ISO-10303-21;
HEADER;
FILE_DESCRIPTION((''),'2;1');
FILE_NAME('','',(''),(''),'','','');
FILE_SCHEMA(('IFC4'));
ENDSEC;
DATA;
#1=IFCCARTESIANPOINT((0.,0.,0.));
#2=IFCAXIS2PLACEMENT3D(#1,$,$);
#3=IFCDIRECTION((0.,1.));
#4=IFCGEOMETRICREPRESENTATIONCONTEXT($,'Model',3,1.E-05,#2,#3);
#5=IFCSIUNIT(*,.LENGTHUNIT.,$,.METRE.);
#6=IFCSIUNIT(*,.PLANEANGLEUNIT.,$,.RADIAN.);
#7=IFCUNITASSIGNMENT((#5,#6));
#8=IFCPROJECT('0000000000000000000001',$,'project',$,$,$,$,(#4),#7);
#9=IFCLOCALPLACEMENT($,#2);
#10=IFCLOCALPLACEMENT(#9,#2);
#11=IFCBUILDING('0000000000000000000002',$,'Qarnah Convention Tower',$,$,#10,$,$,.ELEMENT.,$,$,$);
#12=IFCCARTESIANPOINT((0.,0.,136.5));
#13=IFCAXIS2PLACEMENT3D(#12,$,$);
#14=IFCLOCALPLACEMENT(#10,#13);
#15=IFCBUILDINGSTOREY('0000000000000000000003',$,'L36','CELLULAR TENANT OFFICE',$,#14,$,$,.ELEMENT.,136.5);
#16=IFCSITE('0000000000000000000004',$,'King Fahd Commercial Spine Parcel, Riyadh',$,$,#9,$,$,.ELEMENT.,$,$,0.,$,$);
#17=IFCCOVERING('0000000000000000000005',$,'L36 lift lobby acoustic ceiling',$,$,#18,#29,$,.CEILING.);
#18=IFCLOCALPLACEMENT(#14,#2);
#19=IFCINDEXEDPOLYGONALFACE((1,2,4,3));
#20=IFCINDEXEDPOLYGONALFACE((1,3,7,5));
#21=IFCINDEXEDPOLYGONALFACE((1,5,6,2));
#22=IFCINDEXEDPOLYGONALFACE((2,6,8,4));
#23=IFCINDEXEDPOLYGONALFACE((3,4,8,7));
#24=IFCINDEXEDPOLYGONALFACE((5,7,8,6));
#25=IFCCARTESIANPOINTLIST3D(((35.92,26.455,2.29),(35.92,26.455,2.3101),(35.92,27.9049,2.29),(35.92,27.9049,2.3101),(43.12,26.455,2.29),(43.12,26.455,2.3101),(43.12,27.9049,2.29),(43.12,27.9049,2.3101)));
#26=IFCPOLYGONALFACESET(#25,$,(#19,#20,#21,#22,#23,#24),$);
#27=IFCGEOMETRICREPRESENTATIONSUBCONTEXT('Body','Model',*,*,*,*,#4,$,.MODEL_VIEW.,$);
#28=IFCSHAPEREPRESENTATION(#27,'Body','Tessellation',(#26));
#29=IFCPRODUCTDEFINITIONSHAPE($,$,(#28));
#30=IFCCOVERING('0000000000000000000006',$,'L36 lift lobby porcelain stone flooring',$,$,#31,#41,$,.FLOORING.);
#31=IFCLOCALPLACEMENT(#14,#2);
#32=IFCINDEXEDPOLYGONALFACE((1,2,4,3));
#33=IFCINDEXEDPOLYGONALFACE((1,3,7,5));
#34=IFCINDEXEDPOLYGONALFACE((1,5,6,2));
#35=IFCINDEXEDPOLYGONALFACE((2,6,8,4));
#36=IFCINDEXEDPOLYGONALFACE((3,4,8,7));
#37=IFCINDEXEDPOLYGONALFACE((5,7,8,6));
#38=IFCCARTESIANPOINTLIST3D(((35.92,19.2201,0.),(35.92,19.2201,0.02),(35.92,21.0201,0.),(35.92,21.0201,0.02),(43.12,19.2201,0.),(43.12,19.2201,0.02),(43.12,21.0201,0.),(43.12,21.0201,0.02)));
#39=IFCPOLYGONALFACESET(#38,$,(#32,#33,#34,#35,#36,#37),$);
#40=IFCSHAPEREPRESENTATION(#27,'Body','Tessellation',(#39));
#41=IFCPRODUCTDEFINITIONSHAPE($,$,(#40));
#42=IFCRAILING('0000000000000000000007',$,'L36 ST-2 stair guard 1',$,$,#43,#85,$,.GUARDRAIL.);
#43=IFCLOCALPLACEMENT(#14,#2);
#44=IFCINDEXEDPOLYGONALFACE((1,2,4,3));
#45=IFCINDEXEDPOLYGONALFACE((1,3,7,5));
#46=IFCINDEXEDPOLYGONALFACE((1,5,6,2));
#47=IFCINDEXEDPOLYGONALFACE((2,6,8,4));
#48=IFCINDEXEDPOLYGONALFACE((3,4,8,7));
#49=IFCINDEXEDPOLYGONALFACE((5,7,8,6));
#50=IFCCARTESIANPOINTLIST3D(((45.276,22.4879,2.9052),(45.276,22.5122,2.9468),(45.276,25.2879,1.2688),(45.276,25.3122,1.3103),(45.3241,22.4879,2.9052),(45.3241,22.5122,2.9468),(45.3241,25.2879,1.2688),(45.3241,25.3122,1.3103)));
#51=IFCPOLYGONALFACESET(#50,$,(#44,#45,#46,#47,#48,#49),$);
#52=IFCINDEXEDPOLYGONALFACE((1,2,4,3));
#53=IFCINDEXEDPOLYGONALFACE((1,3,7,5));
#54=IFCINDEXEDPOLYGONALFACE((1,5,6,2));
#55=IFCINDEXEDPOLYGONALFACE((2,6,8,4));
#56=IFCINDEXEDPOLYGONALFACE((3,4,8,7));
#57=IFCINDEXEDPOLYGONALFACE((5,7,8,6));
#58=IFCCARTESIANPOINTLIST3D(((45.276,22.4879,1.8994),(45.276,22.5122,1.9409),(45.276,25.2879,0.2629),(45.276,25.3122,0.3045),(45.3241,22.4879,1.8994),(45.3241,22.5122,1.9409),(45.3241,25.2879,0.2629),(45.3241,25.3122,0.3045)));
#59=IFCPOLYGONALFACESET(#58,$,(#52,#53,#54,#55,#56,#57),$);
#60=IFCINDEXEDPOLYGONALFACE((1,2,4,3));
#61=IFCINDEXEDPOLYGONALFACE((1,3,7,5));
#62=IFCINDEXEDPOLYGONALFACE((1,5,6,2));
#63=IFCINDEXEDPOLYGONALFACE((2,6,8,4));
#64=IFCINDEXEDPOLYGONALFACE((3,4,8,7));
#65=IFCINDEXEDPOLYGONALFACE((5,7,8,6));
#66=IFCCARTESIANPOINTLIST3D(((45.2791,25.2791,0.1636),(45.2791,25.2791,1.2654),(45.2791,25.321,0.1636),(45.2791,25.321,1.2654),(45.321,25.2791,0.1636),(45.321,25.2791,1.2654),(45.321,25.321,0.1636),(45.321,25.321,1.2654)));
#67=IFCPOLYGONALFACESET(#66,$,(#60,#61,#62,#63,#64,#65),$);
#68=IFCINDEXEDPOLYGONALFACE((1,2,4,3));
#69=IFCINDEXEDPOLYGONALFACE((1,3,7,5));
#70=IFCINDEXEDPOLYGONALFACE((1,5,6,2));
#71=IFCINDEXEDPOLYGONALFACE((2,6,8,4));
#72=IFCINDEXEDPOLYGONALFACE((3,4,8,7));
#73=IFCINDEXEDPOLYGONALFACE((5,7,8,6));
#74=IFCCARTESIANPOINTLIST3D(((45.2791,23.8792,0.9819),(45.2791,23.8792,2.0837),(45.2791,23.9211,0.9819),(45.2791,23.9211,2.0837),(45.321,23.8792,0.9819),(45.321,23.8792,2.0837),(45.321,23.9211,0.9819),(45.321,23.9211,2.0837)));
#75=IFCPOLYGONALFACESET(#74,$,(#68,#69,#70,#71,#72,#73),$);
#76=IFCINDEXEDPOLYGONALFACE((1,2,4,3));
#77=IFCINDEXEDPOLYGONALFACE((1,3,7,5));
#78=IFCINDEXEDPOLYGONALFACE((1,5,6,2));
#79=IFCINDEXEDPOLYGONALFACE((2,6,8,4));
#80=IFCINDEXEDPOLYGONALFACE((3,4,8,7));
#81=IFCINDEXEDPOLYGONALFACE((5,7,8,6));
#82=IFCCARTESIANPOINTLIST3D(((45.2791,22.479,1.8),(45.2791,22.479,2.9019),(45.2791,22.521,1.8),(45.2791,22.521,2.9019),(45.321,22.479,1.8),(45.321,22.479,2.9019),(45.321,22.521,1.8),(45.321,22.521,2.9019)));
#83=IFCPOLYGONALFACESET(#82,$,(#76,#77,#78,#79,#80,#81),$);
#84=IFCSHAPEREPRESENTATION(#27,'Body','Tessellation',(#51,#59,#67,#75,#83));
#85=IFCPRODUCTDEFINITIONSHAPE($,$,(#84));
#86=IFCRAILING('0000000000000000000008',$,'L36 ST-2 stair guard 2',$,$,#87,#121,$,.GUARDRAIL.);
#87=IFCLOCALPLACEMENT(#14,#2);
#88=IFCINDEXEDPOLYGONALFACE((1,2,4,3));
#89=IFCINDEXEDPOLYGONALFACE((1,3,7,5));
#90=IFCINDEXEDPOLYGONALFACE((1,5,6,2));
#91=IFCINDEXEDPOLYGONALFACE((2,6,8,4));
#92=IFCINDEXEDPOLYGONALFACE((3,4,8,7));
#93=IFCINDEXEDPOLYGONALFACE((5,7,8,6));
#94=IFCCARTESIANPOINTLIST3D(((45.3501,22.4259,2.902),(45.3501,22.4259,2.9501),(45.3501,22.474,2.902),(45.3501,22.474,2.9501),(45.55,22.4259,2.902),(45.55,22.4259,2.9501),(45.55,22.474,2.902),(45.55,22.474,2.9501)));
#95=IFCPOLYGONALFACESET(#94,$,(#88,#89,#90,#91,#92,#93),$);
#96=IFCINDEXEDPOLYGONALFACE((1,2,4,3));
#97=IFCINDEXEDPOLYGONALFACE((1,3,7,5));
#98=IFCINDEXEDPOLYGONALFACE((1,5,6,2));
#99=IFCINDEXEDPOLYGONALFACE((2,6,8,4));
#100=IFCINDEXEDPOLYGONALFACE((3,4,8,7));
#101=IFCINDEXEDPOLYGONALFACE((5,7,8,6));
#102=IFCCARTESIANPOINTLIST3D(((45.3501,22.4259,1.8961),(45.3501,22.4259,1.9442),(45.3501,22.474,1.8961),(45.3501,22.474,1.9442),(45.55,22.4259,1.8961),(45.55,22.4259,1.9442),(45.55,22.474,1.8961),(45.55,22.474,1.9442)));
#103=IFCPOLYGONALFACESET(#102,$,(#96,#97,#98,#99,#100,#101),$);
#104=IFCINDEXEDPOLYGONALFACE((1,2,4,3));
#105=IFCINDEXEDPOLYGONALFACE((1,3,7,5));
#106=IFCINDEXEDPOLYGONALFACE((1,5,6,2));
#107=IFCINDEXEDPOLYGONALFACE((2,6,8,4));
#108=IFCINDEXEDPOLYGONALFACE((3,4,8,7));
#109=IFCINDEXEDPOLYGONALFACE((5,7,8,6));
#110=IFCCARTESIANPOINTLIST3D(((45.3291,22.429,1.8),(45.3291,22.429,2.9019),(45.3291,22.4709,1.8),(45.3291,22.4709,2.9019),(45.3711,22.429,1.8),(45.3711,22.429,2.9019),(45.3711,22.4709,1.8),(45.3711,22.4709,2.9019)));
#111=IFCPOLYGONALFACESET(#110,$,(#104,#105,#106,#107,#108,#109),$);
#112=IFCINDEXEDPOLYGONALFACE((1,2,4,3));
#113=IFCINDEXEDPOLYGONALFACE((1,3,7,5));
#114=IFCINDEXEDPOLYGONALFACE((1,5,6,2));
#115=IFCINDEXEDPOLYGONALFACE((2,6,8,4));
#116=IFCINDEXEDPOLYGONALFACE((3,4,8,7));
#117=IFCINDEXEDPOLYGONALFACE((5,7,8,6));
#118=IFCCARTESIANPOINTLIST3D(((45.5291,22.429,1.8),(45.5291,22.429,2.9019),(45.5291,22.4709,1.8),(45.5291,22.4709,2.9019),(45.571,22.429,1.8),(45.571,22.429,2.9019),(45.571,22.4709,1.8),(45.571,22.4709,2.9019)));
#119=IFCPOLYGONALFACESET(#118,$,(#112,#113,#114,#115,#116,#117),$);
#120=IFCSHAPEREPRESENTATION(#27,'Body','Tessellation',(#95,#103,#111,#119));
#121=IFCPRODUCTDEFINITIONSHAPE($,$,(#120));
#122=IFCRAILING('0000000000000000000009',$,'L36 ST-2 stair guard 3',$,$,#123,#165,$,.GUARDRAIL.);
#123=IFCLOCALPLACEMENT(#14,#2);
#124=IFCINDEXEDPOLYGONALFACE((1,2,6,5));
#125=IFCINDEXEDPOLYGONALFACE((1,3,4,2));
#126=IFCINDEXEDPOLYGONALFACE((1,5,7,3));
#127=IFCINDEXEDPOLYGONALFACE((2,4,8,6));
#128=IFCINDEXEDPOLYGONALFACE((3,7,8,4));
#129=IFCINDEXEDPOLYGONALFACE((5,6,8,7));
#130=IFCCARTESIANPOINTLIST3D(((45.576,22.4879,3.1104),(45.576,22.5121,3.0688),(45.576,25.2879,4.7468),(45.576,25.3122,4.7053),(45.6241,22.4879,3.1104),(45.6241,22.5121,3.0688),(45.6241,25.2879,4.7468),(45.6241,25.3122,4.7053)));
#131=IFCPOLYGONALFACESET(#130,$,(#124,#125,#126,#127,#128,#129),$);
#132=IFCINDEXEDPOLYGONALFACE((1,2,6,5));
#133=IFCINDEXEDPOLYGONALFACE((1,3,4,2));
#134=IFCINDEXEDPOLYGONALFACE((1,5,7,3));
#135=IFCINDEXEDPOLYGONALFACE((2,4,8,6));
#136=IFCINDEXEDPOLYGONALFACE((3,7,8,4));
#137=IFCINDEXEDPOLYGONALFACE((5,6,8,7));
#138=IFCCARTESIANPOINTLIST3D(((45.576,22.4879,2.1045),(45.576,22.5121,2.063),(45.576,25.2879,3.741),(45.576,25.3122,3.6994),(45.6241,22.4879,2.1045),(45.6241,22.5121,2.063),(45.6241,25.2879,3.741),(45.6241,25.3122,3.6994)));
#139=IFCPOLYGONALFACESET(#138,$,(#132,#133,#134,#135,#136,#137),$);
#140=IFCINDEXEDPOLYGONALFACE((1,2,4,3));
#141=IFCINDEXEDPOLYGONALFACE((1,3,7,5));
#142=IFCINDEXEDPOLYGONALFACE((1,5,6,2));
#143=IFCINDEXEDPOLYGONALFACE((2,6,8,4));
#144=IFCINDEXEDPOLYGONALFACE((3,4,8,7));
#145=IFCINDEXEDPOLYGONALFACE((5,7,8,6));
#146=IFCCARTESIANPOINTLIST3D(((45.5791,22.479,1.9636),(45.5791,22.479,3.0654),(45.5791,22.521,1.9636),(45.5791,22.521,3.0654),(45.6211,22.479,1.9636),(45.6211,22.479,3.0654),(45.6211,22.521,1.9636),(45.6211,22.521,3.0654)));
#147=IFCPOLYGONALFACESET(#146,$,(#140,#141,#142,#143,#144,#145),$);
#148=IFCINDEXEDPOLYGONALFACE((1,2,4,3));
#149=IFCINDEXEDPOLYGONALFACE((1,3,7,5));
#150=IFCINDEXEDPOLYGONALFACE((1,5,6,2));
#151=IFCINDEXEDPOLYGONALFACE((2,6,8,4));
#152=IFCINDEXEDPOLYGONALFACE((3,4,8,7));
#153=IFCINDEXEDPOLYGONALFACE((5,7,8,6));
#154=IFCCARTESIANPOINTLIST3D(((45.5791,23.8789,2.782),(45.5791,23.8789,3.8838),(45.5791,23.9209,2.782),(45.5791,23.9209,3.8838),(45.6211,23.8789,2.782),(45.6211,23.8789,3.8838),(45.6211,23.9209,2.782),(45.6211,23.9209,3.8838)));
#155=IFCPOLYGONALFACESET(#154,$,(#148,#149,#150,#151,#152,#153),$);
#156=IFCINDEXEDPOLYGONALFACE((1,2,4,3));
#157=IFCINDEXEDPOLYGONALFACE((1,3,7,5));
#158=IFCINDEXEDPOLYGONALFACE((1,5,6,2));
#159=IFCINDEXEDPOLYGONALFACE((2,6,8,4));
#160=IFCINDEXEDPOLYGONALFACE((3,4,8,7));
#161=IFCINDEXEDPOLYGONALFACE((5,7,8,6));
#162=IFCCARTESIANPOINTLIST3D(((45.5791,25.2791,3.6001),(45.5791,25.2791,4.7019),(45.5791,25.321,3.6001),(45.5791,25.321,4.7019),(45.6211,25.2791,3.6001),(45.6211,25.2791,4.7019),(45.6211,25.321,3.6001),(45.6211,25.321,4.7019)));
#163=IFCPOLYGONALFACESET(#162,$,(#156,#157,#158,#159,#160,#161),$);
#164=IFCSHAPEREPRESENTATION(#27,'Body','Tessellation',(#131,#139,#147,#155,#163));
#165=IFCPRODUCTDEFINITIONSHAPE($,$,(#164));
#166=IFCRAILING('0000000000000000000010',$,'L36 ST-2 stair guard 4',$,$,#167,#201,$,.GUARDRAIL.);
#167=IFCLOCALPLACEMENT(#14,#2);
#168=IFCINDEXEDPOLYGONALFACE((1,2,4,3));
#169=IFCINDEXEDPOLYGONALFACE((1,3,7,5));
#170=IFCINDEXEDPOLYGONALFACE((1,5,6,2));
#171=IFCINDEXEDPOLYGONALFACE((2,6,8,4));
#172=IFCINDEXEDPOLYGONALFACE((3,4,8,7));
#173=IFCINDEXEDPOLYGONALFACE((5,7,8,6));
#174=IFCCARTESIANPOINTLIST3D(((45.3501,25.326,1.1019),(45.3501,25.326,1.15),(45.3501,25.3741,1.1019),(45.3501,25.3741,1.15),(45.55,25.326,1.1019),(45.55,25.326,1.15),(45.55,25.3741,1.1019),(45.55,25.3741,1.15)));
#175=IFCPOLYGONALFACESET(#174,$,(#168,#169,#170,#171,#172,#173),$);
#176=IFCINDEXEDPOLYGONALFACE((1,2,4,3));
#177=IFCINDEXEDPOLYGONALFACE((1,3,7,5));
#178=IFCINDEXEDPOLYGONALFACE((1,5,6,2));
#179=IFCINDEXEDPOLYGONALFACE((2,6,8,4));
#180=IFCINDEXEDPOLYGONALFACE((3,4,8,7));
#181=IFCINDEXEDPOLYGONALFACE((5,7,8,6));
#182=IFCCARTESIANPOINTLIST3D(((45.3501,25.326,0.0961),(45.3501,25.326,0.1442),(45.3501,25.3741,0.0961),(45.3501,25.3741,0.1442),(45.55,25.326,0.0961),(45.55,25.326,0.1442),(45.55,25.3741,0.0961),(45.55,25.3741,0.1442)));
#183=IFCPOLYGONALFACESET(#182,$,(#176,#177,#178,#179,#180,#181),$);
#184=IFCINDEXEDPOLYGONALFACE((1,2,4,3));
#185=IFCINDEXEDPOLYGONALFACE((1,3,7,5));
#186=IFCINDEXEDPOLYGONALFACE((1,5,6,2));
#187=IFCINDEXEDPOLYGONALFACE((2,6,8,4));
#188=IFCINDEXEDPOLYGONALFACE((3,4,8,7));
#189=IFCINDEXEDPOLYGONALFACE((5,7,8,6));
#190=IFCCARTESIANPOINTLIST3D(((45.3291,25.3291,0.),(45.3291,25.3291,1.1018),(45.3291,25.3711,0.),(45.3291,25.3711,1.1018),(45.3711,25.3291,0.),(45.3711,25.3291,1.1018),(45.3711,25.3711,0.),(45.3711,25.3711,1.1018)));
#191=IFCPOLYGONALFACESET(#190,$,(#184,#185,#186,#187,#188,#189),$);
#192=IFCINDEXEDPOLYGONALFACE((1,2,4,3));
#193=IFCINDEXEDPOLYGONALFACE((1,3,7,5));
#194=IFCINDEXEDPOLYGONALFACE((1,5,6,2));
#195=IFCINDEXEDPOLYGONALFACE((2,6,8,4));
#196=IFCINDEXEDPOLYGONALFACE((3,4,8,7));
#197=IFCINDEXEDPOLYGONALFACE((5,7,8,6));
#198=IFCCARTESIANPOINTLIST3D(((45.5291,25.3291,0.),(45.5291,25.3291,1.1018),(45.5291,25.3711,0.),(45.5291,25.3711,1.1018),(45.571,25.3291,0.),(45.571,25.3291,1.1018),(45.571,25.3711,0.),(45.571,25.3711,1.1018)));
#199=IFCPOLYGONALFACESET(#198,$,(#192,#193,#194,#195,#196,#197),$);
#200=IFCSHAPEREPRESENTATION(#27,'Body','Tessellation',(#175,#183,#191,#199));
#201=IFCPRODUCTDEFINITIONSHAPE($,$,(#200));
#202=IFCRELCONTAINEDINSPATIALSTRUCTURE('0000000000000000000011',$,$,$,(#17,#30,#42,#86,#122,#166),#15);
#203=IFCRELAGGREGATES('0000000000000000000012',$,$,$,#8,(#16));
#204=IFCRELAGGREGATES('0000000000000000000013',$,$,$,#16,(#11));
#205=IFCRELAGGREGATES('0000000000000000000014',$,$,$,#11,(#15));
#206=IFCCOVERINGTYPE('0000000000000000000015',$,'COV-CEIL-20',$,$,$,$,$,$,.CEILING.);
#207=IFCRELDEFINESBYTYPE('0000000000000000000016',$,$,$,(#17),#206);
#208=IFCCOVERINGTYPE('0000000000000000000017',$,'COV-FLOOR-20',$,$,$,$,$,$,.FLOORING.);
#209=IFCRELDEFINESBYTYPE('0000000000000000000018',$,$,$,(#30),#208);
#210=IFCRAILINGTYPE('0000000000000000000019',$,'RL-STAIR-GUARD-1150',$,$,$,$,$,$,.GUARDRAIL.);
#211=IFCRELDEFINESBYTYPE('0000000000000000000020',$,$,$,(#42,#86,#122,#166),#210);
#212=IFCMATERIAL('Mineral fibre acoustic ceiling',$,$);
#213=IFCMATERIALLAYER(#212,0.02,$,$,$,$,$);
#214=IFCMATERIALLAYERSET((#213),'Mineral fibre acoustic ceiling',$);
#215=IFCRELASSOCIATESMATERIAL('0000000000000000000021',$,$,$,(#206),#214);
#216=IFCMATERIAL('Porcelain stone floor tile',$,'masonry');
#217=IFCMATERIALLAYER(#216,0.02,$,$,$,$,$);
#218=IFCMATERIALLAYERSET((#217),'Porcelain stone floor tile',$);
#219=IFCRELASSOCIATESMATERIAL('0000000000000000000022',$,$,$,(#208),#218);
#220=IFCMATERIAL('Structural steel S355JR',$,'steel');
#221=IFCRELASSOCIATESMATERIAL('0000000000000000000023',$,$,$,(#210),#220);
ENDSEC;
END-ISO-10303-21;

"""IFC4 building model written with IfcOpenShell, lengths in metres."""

from ifc_helpers import new_model, si_unit, direction, frame, origin, origin_2d, place, context, subcontext, project, spatial, rectangle, extrude, material, layer, layer_set, type_object, element, save


model = new_model("IFC4")

# Units and contexts
model_context = context("Model", 3, precision=1e-05, world=origin(), true_north=direction((0.0, 1.0)))
body_context = subcontext(model_context, "Body", "Model", "MODEL_VIEW")
ifc_project = project(units=[si_unit("LENGTHUNIT", "METRE"), si_unit("PLANEANGLEUNIT", "RADIAN")], contexts=[model_context])

# Site, building, storey
site_placement = place(None, origin())
site = spatial("IfcSite", under=ifc_project, at=site_placement, Name="King Fahd Commercial Spine Parcel, Riyadh", CompositionType="ELEMENT", RefElevation=0.0)
building_placement = place(site_placement, origin())
building = spatial("IfcBuilding", under=site, at=building_placement, Name="Qarnah Convention Tower", CompositionType="ELEMENT")
storey_placement = place(building_placement, frame((0.0, 0.0, 136.5)))
storey = spatial("IfcBuildingStorey", under=building, at=storey_placement, Name="L36", Description="CELLULAR TENANT OFFICE", CompositionType="ELEMENT", Elevation=136.5)

# Shared definitions
ifc_material_1 = material(Name="Structural steel S355JR", Category="steel")

# Coverings
ifc_material_2 = material(Name="Mineral fibre acoustic ceiling")
ifc_layer_1 = layer(ifc_material_2, 0.02)
ifc_layer_set_1 = layer_set([ifc_layer_1], Name="Mineral fibre acoustic ceiling")
covering_type_1 = type_object("IfcCoveringType", Name="COV-CEIL-20", PredefinedType="CEILING", material=ifc_layer_set_1)
covering_1_placement = place(storey_placement, frame((39.52, 27.1799, 2.29), z_axis=(0.0, 0.0, 1.0), x_axis=(1.0, 0.0, 0.0)))
element("IfcCovering", 1, at=covering_1_placement, inside=storey, type_object=covering_type_1, Name="L36 lift lobby acoustic ceiling", PredefinedType="CEILING", context=body_context, shape_type="SweptSolid", body=[
    extrude(rectangle(XDim=7.2, YDim=1.45, at=origin_2d()), origin(), (0.0, 0.0, 1.0), 0.02),
])
ifc_material_3 = material(Name="Porcelain stone floor tile", Category="masonry")
ifc_layer_2 = layer(ifc_material_3, 0.02)
ifc_layer_set_2 = layer_set([ifc_layer_2], Name="Porcelain stone floor tile")
covering_type_2 = type_object("IfcCoveringType", Name="COV-FLOOR-20", PredefinedType="FLOORING", material=ifc_layer_set_2)
covering_2_placement = place(storey_placement, frame((39.52, 20.1201, 0.0), z_axis=(0.0, 0.0, 1.0), x_axis=(1.0, 0.0, 0.0)))
element("IfcCovering", 2, at=covering_2_placement, inside=storey, type_object=covering_type_2, Name="L36 lift lobby porcelain stone flooring", PredefinedType="FLOORING", context=body_context, shape_type="SweptSolid", body=[
    extrude(rectangle(XDim=7.2, YDim=1.8, at=origin_2d()), origin(), (0.0, 0.0, 1.0), 0.02),
])

# Railings
railing_type_1 = type_object("IfcRailingType", Name="RL-STAIR-GUARD-1150", PredefinedType="GUARDRAIL", material=ifc_material_1)
railing_1_placement = place(storey_placement, frame((45.3, 25.3, 0.1636)))
element("IfcRailing", 3, at=railing_1_placement, inside=storey, type_object=railing_type_1, Name="L36 ST-2 stair guard 1", PredefinedType="GUARDRAIL", context=body_context, shape_type="SweptSolid", body=[
    extrude(rectangle(XDim=0.0481, YDim=0.0481, at=origin_2d()), frame((0.0, 0.0, 1.126), z_axis=(0.0, -0.863361, 0.504587), x_axis=(1.0, 0.0, 0.0)), (0.0, 0.0, 1.0), 3.2432),
    extrude(rectangle(XDim=0.0481, YDim=0.0481, at=origin_2d()), frame((0.0, 0.0, 0.1201), z_axis=(0.0, -0.863361, 0.504587), x_axis=(1.0, 0.0, 0.0)), (0.0, 0.0, 1.0), 3.2432),
    extrude(rectangle(XDim=0.042, YDim=0.042, at=origin_2d()), origin(), (0.0, 0.0, 1.0), 1.1018),
    extrude(rectangle(XDim=0.042, YDim=0.042, at=origin_2d()), frame((0.0, -1.3999, 0.8184)), (0.0, 0.0, 1.0), 1.1018),
    extrude(rectangle(XDim=0.042, YDim=0.042, at=origin_2d()), frame((0.0, -2.8, 1.6365)), (0.0, 0.0, 1.0), 1.1018),
])
railing_2_placement = place(storey_placement, frame((45.3501, 22.45, 1.8)))
element("IfcRailing", 4, at=railing_2_placement, inside=storey, type_object=railing_type_1, Name="L36 ST-2 stair guard 2", PredefinedType="GUARDRAIL", context=body_context, shape_type="SweptSolid", body=[
    extrude(rectangle(XDim=0.0481, YDim=0.0481, at=origin_2d()), frame((0.0, 0.0, 1.126), z_axis=(1.0, 0.0, 0.0), x_axis=(0.0, 1.0, 0.0)), (0.0, 0.0, 1.0), 0.2),
    extrude(rectangle(XDim=0.0481, YDim=0.0481, at=origin_2d()), frame((0.0, 0.0, 0.1201), z_axis=(1.0, 0.0, 0.0), x_axis=(0.0, 1.0, 0.0)), (0.0, 0.0, 1.0), 0.2),
    extrude(rectangle(XDim=0.042, YDim=0.042, at=origin_2d()), origin(), (0.0, 0.0, 1.0), 1.1018),
    extrude(rectangle(XDim=0.042, YDim=0.042, at=origin_2d()), frame((0.2, 0.0, 0.0)), (0.0, 0.0, 1.0), 1.1018),
])
railing_3_placement = place(storey_placement, frame((45.6001, 22.5, 1.9636)))
element("IfcRailing", 5, at=railing_3_placement, inside=storey, type_object=railing_type_1, Name="L36 ST-2 stair guard 3", PredefinedType="GUARDRAIL", context=body_context, shape_type="SweptSolid", body=[
    extrude(rectangle(XDim=0.0481, YDim=0.0481, at=origin_2d()), frame((0.0, 0.0, 1.126), z_axis=(0.0, 0.863361, 0.504587), x_axis=(-1.0, 0.0, 0.0)), (0.0, 0.0, 1.0), 3.2432),
    extrude(rectangle(XDim=0.0481, YDim=0.0481, at=origin_2d()), frame((0.0, 0.0, 0.1201), z_axis=(0.0, 0.863361, 0.504587), x_axis=(-1.0, 0.0, 0.0)), (0.0, 0.0, 1.0), 3.2432),
    extrude(rectangle(XDim=0.042, YDim=0.042, at=origin_2d()), origin(), (0.0, 0.0, 1.0), 1.1018),
    extrude(rectangle(XDim=0.042, YDim=0.042, at=origin_2d()), frame((0.0, 1.3999, 0.8184)), (0.0, 0.0, 1.0), 1.1018),
    extrude(rectangle(XDim=0.042, YDim=0.042, at=origin_2d()), frame((0.0, 2.8, 1.6365)), (0.0, 0.0, 1.0), 1.1018),
])
railing_4_placement = place(storey_placement, frame((45.3501, 25.3501, 0.0)))
element("IfcRailing", 6, at=railing_4_placement, inside=storey, type_object=railing_type_1, Name="L36 ST-2 stair guard 4", PredefinedType="GUARDRAIL", context=body_context, shape_type="SweptSolid", body=[
    extrude(rectangle(XDim=0.0481, YDim=0.0481, at=origin_2d()), frame((0.0, 0.0, 1.126), z_axis=(1.0, 0.0, 0.0), x_axis=(0.0, 1.0, 0.0)), (0.0, 0.0, 1.0), 0.2),
    extrude(rectangle(XDim=0.0481, YDim=0.0481, at=origin_2d()), frame((0.0, 0.0, 0.1201), z_axis=(1.0, 0.0, 0.0), x_axis=(0.0, 1.0, 0.0)), (0.0, 0.0, 1.0), 0.2),
    extrude(rectangle(XDim=0.042, YDim=0.042, at=origin_2d()), origin(), (0.0, 0.0, 1.0), 1.1018),
    extrude(rectangle(XDim=0.042, YDim=0.042, at=origin_2d()), frame((0.2, 0.0, 0.0)), (0.0, 0.0, 1.0), 1.1018),
])

save(model, "model.ifc")
